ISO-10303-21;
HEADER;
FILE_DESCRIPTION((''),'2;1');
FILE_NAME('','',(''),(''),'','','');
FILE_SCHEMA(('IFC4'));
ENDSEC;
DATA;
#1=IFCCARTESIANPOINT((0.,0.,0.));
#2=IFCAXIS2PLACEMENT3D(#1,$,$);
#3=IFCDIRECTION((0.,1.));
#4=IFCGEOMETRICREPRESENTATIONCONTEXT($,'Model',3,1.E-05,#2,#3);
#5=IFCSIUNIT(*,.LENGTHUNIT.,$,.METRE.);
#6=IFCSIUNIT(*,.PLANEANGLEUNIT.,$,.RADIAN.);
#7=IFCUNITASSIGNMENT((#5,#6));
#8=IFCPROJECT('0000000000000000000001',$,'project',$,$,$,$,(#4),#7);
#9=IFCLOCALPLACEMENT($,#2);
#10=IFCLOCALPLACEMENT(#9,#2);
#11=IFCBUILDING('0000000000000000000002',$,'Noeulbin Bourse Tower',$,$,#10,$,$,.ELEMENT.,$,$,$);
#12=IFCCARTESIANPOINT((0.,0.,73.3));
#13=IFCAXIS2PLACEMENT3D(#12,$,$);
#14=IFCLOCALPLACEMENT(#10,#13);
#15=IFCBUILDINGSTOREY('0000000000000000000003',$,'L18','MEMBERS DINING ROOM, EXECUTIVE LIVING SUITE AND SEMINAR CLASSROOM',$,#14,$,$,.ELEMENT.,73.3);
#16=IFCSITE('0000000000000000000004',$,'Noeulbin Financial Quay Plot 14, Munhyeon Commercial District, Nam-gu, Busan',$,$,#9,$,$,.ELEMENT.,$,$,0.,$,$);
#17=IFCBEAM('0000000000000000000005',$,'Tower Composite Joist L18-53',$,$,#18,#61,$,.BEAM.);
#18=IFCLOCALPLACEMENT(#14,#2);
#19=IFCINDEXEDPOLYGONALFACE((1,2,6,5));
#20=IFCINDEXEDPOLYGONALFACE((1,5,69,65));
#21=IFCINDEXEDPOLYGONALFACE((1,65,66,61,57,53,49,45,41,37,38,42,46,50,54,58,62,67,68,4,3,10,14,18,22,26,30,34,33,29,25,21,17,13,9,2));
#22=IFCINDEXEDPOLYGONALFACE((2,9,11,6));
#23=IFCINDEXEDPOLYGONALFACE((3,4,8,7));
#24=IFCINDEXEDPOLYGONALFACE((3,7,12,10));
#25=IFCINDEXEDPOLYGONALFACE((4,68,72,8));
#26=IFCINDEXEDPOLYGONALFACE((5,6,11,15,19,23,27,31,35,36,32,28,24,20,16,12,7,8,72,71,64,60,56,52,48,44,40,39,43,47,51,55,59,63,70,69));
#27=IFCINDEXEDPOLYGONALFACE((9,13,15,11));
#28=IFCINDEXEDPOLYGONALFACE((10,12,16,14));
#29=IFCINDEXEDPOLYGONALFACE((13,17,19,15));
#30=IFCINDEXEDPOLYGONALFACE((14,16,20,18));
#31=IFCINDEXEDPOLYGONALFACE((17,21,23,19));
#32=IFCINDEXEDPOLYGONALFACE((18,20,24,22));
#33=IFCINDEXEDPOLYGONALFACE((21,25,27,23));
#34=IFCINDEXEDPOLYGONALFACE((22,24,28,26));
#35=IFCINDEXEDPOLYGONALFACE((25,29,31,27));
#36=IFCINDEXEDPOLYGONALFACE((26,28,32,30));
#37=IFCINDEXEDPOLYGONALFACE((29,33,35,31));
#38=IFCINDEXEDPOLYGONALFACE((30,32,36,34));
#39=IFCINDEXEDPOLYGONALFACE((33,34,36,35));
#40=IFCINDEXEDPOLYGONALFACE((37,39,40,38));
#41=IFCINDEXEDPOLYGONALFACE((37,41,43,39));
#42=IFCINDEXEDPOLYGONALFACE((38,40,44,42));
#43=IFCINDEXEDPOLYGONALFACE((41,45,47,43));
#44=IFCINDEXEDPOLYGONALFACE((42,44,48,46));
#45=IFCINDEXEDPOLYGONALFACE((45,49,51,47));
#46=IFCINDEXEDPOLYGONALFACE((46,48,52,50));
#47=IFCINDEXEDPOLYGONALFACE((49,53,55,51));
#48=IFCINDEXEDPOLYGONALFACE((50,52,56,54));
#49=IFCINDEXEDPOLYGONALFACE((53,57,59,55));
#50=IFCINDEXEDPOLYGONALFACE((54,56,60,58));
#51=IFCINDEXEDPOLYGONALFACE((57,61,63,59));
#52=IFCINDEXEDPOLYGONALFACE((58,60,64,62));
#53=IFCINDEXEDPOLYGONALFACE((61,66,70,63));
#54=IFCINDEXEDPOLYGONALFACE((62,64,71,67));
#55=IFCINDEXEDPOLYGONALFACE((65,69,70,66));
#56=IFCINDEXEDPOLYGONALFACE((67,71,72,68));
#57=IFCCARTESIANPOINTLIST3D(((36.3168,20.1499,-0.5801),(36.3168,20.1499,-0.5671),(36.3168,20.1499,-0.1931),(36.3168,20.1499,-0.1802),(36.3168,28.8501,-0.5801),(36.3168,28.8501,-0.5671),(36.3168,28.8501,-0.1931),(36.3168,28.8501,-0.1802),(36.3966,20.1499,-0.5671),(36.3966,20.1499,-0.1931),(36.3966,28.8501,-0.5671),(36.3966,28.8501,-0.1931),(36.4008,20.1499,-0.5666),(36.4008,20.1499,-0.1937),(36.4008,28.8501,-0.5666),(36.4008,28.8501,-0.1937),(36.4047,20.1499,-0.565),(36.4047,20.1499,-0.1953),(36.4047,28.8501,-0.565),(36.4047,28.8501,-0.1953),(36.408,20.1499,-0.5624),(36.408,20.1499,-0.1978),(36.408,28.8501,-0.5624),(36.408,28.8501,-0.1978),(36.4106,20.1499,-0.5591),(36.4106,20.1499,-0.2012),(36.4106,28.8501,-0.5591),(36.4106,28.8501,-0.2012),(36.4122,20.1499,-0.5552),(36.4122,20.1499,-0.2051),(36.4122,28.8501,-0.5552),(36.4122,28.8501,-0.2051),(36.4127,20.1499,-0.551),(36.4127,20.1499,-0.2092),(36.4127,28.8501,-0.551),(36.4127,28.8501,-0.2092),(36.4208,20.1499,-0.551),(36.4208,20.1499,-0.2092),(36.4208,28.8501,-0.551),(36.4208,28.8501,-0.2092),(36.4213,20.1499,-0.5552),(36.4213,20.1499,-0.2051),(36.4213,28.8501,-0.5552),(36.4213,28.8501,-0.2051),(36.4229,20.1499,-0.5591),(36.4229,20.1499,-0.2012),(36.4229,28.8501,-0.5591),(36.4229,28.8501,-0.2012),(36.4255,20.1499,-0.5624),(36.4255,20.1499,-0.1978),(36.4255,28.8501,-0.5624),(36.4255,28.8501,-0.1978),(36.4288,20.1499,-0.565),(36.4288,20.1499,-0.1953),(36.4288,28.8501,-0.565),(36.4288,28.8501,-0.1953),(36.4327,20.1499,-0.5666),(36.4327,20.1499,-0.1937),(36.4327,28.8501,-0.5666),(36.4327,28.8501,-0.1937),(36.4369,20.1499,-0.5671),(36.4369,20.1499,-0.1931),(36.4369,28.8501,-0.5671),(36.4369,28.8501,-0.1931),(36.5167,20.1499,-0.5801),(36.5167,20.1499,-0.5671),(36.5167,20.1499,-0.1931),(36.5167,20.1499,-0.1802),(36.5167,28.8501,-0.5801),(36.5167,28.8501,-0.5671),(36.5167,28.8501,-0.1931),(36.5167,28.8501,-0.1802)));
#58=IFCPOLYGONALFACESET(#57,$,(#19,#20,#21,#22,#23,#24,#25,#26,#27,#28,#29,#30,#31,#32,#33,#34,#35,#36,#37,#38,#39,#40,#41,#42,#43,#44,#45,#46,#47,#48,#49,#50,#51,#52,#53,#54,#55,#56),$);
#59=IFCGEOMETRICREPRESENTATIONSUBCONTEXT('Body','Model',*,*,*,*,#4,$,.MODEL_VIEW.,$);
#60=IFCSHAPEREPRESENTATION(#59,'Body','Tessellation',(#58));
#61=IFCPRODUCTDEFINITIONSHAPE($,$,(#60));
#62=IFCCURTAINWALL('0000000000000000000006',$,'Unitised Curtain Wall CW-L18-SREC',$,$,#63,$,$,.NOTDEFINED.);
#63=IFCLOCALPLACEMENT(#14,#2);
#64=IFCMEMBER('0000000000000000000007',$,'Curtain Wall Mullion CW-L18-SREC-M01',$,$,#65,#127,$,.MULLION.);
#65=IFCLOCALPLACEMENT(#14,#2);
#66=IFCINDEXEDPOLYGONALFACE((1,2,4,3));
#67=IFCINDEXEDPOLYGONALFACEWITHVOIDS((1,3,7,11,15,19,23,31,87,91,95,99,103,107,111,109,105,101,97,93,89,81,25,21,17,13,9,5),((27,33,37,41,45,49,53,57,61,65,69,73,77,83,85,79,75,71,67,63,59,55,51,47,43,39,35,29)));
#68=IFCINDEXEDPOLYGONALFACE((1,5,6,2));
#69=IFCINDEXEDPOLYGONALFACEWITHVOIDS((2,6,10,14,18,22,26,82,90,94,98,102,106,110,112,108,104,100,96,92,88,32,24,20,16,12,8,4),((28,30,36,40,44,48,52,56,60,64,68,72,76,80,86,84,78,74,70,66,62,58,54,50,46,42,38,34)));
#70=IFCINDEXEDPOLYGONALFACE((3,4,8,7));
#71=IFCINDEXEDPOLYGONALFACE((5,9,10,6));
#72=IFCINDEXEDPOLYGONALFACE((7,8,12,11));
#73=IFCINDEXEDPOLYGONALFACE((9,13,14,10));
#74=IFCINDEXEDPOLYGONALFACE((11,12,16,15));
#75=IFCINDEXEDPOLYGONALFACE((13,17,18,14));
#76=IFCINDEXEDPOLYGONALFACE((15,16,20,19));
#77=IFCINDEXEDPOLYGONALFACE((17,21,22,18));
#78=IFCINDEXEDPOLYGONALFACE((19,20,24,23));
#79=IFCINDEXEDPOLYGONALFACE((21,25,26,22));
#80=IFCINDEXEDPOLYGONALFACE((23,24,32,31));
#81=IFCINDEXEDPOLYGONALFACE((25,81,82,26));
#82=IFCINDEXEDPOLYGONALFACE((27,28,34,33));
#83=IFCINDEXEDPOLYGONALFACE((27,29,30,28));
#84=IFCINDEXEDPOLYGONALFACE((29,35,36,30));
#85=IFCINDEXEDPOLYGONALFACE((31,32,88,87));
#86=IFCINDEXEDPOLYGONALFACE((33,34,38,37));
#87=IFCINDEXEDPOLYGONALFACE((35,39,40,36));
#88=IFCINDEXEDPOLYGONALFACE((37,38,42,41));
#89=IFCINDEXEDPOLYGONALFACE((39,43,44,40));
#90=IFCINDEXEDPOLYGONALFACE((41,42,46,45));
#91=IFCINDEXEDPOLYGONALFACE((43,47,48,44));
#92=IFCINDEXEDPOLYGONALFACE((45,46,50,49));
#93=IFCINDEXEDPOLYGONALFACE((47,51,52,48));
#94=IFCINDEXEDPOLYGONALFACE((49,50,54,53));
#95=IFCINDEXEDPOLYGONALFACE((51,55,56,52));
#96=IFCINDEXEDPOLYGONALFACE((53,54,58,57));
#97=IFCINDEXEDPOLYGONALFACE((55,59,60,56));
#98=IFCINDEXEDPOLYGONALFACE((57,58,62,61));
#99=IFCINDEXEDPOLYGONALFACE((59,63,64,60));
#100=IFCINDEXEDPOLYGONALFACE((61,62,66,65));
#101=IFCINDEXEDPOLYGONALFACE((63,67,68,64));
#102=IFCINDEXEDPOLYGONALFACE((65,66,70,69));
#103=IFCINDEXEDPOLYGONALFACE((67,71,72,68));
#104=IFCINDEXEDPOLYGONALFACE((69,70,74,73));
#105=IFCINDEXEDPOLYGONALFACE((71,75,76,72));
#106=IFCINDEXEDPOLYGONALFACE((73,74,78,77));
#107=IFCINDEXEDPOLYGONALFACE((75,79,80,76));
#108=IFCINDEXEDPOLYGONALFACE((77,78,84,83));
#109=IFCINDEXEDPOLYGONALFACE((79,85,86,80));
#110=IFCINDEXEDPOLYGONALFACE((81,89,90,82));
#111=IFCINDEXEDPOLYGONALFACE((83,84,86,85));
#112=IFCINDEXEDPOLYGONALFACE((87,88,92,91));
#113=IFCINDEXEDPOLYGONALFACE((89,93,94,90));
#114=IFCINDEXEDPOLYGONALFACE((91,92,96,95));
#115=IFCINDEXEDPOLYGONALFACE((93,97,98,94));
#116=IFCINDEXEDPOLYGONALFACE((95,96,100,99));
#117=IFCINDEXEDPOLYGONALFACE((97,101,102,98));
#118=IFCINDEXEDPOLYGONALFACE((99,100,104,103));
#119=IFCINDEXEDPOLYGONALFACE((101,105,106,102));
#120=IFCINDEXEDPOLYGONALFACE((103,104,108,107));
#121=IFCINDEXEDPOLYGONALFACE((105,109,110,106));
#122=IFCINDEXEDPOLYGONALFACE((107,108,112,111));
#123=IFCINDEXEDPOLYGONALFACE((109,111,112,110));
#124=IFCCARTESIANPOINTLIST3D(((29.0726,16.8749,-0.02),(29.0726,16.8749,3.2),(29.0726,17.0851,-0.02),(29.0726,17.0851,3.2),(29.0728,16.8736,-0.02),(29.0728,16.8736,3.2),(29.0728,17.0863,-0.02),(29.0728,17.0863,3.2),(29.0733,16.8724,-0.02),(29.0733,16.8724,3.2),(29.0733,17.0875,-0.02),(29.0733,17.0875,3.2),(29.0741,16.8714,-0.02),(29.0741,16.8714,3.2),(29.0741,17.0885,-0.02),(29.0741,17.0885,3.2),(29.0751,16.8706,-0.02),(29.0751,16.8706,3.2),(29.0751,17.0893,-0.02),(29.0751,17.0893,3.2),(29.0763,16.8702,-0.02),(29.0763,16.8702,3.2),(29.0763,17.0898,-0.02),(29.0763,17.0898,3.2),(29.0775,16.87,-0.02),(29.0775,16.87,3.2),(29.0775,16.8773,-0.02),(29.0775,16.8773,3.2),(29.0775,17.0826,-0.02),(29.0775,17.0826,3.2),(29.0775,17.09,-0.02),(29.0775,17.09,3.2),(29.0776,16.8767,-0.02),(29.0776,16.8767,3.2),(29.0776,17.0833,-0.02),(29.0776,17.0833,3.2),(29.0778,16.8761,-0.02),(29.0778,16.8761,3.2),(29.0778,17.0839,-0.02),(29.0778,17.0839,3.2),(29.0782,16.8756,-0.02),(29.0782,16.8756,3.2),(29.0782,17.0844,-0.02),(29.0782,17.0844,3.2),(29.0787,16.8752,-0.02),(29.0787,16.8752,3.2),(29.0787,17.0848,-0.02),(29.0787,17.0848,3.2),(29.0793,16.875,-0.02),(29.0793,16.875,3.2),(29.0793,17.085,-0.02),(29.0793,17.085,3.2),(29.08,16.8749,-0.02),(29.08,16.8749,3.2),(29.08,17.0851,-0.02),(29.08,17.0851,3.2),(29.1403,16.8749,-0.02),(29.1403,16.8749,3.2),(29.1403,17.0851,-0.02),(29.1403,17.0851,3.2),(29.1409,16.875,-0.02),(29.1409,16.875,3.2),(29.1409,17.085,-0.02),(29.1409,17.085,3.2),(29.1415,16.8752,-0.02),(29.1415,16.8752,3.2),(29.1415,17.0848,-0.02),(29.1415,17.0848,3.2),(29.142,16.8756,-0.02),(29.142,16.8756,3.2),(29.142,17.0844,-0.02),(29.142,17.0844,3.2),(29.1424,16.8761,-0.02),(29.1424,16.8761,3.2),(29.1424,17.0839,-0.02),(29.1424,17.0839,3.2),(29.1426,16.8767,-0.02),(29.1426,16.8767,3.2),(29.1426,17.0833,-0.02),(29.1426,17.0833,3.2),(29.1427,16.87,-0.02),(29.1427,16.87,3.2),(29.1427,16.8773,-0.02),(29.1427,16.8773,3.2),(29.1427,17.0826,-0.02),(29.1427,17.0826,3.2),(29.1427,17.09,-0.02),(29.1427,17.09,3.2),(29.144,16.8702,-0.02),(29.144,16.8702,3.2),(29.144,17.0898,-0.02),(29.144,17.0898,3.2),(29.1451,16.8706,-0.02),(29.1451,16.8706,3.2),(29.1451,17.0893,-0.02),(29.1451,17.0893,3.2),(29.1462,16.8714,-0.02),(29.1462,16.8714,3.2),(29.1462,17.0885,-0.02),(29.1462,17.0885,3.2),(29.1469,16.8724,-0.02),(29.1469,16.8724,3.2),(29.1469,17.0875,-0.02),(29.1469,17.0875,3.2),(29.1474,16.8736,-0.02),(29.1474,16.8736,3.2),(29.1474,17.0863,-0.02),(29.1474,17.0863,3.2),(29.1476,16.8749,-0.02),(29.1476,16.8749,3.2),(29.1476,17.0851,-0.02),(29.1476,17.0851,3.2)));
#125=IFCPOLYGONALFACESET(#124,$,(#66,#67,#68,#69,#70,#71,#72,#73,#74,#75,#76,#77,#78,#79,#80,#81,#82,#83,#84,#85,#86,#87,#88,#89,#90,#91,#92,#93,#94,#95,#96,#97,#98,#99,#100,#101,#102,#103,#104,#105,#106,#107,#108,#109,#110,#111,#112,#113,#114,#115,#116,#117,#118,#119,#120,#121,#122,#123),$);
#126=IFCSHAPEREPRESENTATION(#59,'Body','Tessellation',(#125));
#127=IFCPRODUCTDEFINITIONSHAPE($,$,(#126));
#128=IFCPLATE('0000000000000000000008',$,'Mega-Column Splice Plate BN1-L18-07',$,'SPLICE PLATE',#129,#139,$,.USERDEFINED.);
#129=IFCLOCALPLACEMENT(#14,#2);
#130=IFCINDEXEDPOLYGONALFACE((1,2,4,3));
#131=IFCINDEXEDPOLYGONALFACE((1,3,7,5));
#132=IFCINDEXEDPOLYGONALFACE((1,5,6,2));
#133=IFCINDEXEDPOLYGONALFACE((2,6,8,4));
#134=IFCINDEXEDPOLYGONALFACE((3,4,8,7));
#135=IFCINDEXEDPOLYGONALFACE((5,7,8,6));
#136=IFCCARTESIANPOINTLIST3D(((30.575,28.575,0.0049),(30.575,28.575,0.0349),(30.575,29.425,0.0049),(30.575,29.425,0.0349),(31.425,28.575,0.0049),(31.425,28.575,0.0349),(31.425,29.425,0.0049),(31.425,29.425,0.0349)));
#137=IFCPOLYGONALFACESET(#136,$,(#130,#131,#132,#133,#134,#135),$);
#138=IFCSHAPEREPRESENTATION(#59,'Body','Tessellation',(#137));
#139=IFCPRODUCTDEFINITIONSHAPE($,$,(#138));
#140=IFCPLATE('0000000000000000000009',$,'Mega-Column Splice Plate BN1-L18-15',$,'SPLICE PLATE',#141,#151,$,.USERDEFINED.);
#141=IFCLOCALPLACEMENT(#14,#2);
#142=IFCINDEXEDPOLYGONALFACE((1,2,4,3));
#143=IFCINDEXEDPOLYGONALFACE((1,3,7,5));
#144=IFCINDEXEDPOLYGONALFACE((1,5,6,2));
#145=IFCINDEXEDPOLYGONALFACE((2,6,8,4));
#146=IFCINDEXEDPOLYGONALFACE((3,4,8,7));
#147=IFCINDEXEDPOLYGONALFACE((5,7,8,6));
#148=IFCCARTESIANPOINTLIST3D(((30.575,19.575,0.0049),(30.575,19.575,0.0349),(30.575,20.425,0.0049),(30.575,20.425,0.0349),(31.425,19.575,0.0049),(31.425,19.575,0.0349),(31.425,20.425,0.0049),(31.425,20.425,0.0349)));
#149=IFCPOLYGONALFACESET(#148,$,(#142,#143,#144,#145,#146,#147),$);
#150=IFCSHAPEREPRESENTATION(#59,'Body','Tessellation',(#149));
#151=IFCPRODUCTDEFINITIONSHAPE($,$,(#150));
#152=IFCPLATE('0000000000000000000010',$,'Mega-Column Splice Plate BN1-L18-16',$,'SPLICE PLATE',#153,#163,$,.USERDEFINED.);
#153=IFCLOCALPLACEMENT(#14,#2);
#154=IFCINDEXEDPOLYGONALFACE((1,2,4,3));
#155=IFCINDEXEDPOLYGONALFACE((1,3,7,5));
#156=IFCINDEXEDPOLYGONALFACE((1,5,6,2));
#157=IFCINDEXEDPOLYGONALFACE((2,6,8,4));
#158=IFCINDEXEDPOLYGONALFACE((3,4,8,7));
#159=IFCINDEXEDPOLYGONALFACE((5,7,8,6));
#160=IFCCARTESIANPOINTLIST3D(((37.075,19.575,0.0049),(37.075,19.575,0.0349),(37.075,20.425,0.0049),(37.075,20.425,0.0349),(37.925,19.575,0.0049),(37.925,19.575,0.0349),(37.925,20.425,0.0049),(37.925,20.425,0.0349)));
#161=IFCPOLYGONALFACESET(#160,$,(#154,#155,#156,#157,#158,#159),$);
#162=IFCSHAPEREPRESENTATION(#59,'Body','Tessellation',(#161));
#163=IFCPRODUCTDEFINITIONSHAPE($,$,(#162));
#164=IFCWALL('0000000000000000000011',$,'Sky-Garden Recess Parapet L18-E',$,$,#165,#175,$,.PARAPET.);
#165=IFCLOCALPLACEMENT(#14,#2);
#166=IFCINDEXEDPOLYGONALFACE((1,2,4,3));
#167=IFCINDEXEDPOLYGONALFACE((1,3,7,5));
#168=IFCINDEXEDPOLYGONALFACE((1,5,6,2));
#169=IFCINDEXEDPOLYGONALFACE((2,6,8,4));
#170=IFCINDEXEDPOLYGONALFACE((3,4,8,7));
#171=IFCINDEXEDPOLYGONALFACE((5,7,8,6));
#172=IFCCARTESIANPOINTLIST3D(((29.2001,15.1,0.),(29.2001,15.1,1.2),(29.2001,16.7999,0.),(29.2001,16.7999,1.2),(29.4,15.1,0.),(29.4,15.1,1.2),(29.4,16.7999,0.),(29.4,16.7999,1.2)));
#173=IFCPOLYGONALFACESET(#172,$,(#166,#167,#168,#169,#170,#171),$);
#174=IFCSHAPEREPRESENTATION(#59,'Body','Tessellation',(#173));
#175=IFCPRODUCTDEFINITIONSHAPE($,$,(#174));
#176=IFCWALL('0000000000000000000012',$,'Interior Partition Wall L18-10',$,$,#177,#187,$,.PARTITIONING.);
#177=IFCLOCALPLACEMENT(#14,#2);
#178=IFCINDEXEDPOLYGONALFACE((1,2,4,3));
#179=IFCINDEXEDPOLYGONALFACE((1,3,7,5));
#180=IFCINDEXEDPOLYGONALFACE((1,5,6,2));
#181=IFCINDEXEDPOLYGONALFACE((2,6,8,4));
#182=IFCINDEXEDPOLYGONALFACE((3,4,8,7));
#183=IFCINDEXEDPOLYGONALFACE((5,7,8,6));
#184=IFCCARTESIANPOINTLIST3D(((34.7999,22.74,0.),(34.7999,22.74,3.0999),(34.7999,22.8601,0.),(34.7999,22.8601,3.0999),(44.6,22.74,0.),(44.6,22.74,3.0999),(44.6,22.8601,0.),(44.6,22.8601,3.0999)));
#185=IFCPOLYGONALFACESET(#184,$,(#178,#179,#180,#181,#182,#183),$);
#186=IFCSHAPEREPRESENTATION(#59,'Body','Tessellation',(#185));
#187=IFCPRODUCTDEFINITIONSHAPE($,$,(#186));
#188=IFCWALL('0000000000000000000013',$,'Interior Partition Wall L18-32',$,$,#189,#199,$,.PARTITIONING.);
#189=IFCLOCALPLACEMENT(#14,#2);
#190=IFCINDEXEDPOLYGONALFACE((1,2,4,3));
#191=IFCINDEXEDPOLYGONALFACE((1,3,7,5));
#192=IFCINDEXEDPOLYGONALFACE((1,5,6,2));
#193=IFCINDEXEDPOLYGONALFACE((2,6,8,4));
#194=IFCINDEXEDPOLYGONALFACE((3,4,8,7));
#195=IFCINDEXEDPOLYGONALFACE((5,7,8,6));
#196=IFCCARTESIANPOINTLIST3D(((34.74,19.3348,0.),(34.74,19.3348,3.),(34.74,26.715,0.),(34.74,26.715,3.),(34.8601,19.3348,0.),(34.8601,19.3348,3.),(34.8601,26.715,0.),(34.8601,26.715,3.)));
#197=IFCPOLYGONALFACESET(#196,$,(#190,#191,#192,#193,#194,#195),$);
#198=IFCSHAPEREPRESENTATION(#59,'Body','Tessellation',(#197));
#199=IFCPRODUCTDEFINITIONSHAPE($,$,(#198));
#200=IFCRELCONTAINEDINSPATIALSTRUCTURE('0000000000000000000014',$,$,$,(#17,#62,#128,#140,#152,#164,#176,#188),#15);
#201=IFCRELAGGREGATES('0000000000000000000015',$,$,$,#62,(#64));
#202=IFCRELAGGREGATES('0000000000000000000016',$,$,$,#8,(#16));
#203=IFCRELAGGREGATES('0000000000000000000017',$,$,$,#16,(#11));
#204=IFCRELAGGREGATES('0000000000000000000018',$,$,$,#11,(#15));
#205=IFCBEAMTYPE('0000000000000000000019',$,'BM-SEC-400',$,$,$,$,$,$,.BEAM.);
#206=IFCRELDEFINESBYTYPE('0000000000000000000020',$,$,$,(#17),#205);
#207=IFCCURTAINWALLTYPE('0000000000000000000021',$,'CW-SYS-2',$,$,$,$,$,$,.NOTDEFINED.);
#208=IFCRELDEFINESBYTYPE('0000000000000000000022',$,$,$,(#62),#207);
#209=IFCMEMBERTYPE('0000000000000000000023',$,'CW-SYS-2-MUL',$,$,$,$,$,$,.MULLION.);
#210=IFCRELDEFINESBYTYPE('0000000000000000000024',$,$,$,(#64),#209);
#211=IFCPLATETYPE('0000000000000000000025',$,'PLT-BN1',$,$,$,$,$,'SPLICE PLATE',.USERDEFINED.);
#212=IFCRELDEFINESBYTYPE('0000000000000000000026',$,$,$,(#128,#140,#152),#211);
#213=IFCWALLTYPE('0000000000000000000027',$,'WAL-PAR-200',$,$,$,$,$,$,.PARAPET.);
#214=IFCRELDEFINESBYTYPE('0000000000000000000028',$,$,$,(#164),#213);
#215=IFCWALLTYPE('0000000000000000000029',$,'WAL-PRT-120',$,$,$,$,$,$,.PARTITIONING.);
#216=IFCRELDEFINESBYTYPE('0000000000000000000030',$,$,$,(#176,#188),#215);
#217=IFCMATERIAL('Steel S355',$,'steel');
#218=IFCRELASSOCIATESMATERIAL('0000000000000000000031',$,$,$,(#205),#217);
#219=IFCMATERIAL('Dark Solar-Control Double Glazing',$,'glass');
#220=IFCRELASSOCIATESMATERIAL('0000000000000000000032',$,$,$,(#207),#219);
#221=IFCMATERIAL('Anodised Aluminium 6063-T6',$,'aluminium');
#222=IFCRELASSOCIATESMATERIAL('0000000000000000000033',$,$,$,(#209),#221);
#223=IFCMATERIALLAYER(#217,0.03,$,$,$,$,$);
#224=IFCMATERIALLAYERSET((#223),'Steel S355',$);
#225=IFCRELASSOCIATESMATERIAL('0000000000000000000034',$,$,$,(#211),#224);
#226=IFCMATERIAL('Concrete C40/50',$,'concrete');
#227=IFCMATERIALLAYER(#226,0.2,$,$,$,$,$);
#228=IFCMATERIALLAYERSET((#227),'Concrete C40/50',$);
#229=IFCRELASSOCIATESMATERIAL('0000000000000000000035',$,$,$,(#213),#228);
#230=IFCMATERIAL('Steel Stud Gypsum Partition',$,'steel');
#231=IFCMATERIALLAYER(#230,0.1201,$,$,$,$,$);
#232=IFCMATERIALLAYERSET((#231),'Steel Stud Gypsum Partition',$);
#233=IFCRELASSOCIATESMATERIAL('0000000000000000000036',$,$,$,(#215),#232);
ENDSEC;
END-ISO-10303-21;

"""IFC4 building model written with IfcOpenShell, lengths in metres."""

from ifc_helpers import new_model, si_unit, direction, frame, frame_2d, origin, origin_2d, place, context, subcontext, project, spatial, rectangle, hollow_rectangle, i_section, extrude, material, layer, layer_set, material_profile, profile_set, type_object, element, aggregate, save


model = new_model("IFC4")

# Units and contexts
model_context = context("Model", 3, precision=1e-05, world=origin(), true_north=direction((0.0, 1.0)))
body_context = subcontext(model_context, "Body", "Model", "MODEL_VIEW")
ifc_project = project(units=[si_unit("LENGTHUNIT", "METRE"), si_unit("PLANEANGLEUNIT", "RADIAN")], contexts=[model_context])

# Site, building, storey
site_placement = place(None, origin())
site = spatial("IfcSite", under=ifc_project, at=site_placement, Name="Noeulbin Financial Quay Plot 14, Munhyeon Commercial District, Nam-gu, Busan", CompositionType="ELEMENT", RefElevation=0.0)
building_placement = place(site_placement, origin())
building = spatial("IfcBuilding", under=site, at=building_placement, Name="Noeulbin Bourse Tower", CompositionType="ELEMENT")
storey_placement = place(building_placement, frame((0.0, 0.0, 73.3)))
storey = spatial("IfcBuildingStorey", under=building, at=storey_placement, Name="L18", Description="MEMBERS DINING ROOM, EXECUTIVE LIVING SUITE AND SEMINAR CLASSROOM", CompositionType="ELEMENT", Elevation=73.3)

# Beam
ifc_material_1 = material(Name="Steel S355", Category="steel")
ifc_material_profile_1 = material_profile(ifc_material_1, i_section(OverallWidth=0.2, OverallDepth=0.3999, WebThickness=0.0081, FlangeThickness=0.0129, FilletRadius=0.0161, at=origin_2d()), Name="H-400x200x8x13", Category="LoadBearing")
ifc_profile_set_1 = profile_set([ifc_material_profile_1], Name="Steel S355")
beam_type_1 = type_object("IfcBeamType", Name="BM-SEC-400", PredefinedType="BEAM", material=ifc_profile_set_1)
beam_1_placement = place(storey_placement, frame((36.4167, 20.1499, -0.3801), z_axis=(0.0, 1.0, 0.0), x_axis=(-1.0, 0.0, 0.0)))
element("IfcBeam", 1, at=beam_1_placement, inside=storey, type_object=beam_type_1, Name="Tower Composite Joist L18-53", PredefinedType="BEAM", context=body_context, shape_type="SweptSolid", body=[
    extrude(i_section(OverallWidth=0.2, OverallDepth=0.3999, WebThickness=0.0081, FlangeThickness=0.0129, FilletRadius=0.0161, at=origin_2d()), origin(), (0.0, 0.0, 1.0), 8.7002),
])

# Curtain wall, member
ifc_material_2 = material(Name="Dark Solar-Control Double Glazing", Category="glass")
curtain_wall_type = type_object("IfcCurtainWallType", Name="CW-SYS-2", PredefinedType="NOTDEFINED", material=ifc_material_2)
curtain_wall_placement = place(storey_placement, origin())
curtain_wall = element("IfcCurtainWall", 2, at=curtain_wall_placement, inside=storey, type_object=curtain_wall_type, Name="Unitised Curtain Wall CW-L18-SREC", PredefinedType="NOTDEFINED")
ifc_material_3 = material(Name="Anodised Aluminium 6063-T6", Category="aluminium")
ifc_material_profile_2 = material_profile(ifc_material_3, hollow_rectangle(XDim=0.075, YDim=0.22, WallThickness=0.0049, InnerFilletRadius=0.0024, OuterFilletRadius=0.0049, at=origin_2d()), Name="ALU-MULL-75x220x5", Category="LoadBearing")
ifc_profile_set_2 = profile_set([ifc_material_profile_2], Name="Anodised Aluminium 6063-T6")
member_type = type_object("IfcMemberType", Name="CW-SYS-2-MUL", PredefinedType="MULLION", material=ifc_profile_set_2)
member_placement = place(storey_placement, frame((29.1101, 16.98, -0.02), z_axis=(0.0, 0.0, 1.0), x_axis=(1.0, 0.0, 0.0)))
member = element("IfcMember", 3, at=member_placement, type_object=member_type, Name="Curtain Wall Mullion CW-L18-SREC-M01", PredefinedType="MULLION", context=body_context, shape_type="SweptSolid", body=[
    extrude(hollow_rectangle(XDim=0.075, YDim=0.22, WallThickness=0.0049, InnerFilletRadius=0.0024, OuterFilletRadius=0.0049, at=origin_2d()), origin(), (0.0, 0.0, 1.0), 3.22),
])
aggregate(curtain_wall, [member])

# Plates
ifc_layer_1 = layer(ifc_material_1, 0.03)
ifc_layer_set_1 = layer_set([ifc_layer_1], Name="Steel S355")
plate_type = type_object("IfcPlateType", Name="PLT-BN1", ElementType="SPLICE PLATE", PredefinedType="USERDEFINED", material=ifc_layer_set_1)
for number, where, z_axis, x_axis, name in (
    (4, (31.0, 29.0, 0.0049), (0.0, 0.0, 1.0), (1.0, 0.0, 0.0), "Mega-Column Splice Plate BN1-L18-07"),
    (5, (31.0, 20.0, 0.0049), (0.0, 0.0, 1.0), (1.0, 0.0, 0.0), "Mega-Column Splice Plate BN1-L18-15"),
    (6, (37.5, 20.0, 0.0049), (0.0, 0.0, 1.0), (1.0, 0.0, 0.0), "Mega-Column Splice Plate BN1-L18-16"),
):
    element("IfcPlate", number, at=place(storey_placement, frame(where, z_axis=z_axis, x_axis=x_axis)), inside=storey, type_object=plate_type, Name=name, ObjectType="SPLICE PLATE", PredefinedType="USERDEFINED", context=body_context, shape_type="SweptSolid", body=[
        extrude(rectangle(XDim=0.8501, YDim=0.8501, at=origin_2d()), origin(), (0.0, 0.0, 1.0), 0.03),
    ])

# Walls
ifc_material_4 = material(Name="Concrete C40/50", Category="concrete")
ifc_layer_2 = layer(ifc_material_4, 0.2)
ifc_layer_set_2 = layer_set([ifc_layer_2], Name="Concrete C40/50")
wall_type_1 = type_object("IfcWallType", Name="WAL-PAR-200", PredefinedType="PARAPET", material=ifc_layer_set_2)
wall_1_placement = place(storey_placement, frame((29.3, 16.8, 0.0), z_axis=(0.0, 0.0, 1.0), x_axis=(0.0, -1.0, 0.0)))
element("IfcWall", 7, at=wall_1_placement, inside=storey, type_object=wall_type_1, Name="Sky-Garden Recess Parapet L18-E", PredefinedType="PARAPET", context=body_context, shape_type="SweptSolid", body=[
    extrude(rectangle(XDim=1.7, YDim=0.2, at=frame_2d((0.8501, 0.0))), origin(), (0.0, 0.0, 1.0), 1.2),
])
ifc_material_5 = material(Name="Steel Stud Gypsum Partition", Category="steel")
ifc_layer_3 = layer(ifc_material_5, 0.1201)
ifc_layer_set_3 = layer_set([ifc_layer_3], Name="Steel Stud Gypsum Partition")
wall_type_2 = type_object("IfcWallType", Name="WAL-PRT-120", PredefinedType="PARTITIONING", material=ifc_layer_set_3)
wall_2_placement = place(storey_placement, frame((34.8, 22.8, 0.0), z_axis=(0.0, 0.0, 1.0), x_axis=(1.0, 0.0, 0.0)))
element("IfcWall", 8, at=wall_2_placement, inside=storey, type_object=wall_type_2, Name="Interior Partition Wall L18-10", PredefinedType="PARTITIONING", context=body_context, shape_type="SweptSolid", body=[
    extrude(rectangle(XDim=9.8, YDim=0.1201, at=frame_2d((4.8999, 0.0))), origin(), (0.0, 0.0, 1.0), 3.0999),
])
wall_3_placement = place(storey_placement, frame((34.8, 19.335, 0.0), z_axis=(0.0, 0.0, 1.0), x_axis=(0.0, 1.0, 0.0)))
element("IfcWall", 9, at=wall_3_placement, inside=storey, type_object=wall_type_2, Name="Interior Partition Wall L18-32", PredefinedType="PARTITIONING", context=body_context, shape_type="SweptSolid", body=[
    extrude(rectangle(XDim=7.3801, YDim=0.1201, at=frame_2d((3.6899, 0.0))), origin(), (0.0, 0.0, 1.0), 3.0),
])

save(model, "model.ifc")
